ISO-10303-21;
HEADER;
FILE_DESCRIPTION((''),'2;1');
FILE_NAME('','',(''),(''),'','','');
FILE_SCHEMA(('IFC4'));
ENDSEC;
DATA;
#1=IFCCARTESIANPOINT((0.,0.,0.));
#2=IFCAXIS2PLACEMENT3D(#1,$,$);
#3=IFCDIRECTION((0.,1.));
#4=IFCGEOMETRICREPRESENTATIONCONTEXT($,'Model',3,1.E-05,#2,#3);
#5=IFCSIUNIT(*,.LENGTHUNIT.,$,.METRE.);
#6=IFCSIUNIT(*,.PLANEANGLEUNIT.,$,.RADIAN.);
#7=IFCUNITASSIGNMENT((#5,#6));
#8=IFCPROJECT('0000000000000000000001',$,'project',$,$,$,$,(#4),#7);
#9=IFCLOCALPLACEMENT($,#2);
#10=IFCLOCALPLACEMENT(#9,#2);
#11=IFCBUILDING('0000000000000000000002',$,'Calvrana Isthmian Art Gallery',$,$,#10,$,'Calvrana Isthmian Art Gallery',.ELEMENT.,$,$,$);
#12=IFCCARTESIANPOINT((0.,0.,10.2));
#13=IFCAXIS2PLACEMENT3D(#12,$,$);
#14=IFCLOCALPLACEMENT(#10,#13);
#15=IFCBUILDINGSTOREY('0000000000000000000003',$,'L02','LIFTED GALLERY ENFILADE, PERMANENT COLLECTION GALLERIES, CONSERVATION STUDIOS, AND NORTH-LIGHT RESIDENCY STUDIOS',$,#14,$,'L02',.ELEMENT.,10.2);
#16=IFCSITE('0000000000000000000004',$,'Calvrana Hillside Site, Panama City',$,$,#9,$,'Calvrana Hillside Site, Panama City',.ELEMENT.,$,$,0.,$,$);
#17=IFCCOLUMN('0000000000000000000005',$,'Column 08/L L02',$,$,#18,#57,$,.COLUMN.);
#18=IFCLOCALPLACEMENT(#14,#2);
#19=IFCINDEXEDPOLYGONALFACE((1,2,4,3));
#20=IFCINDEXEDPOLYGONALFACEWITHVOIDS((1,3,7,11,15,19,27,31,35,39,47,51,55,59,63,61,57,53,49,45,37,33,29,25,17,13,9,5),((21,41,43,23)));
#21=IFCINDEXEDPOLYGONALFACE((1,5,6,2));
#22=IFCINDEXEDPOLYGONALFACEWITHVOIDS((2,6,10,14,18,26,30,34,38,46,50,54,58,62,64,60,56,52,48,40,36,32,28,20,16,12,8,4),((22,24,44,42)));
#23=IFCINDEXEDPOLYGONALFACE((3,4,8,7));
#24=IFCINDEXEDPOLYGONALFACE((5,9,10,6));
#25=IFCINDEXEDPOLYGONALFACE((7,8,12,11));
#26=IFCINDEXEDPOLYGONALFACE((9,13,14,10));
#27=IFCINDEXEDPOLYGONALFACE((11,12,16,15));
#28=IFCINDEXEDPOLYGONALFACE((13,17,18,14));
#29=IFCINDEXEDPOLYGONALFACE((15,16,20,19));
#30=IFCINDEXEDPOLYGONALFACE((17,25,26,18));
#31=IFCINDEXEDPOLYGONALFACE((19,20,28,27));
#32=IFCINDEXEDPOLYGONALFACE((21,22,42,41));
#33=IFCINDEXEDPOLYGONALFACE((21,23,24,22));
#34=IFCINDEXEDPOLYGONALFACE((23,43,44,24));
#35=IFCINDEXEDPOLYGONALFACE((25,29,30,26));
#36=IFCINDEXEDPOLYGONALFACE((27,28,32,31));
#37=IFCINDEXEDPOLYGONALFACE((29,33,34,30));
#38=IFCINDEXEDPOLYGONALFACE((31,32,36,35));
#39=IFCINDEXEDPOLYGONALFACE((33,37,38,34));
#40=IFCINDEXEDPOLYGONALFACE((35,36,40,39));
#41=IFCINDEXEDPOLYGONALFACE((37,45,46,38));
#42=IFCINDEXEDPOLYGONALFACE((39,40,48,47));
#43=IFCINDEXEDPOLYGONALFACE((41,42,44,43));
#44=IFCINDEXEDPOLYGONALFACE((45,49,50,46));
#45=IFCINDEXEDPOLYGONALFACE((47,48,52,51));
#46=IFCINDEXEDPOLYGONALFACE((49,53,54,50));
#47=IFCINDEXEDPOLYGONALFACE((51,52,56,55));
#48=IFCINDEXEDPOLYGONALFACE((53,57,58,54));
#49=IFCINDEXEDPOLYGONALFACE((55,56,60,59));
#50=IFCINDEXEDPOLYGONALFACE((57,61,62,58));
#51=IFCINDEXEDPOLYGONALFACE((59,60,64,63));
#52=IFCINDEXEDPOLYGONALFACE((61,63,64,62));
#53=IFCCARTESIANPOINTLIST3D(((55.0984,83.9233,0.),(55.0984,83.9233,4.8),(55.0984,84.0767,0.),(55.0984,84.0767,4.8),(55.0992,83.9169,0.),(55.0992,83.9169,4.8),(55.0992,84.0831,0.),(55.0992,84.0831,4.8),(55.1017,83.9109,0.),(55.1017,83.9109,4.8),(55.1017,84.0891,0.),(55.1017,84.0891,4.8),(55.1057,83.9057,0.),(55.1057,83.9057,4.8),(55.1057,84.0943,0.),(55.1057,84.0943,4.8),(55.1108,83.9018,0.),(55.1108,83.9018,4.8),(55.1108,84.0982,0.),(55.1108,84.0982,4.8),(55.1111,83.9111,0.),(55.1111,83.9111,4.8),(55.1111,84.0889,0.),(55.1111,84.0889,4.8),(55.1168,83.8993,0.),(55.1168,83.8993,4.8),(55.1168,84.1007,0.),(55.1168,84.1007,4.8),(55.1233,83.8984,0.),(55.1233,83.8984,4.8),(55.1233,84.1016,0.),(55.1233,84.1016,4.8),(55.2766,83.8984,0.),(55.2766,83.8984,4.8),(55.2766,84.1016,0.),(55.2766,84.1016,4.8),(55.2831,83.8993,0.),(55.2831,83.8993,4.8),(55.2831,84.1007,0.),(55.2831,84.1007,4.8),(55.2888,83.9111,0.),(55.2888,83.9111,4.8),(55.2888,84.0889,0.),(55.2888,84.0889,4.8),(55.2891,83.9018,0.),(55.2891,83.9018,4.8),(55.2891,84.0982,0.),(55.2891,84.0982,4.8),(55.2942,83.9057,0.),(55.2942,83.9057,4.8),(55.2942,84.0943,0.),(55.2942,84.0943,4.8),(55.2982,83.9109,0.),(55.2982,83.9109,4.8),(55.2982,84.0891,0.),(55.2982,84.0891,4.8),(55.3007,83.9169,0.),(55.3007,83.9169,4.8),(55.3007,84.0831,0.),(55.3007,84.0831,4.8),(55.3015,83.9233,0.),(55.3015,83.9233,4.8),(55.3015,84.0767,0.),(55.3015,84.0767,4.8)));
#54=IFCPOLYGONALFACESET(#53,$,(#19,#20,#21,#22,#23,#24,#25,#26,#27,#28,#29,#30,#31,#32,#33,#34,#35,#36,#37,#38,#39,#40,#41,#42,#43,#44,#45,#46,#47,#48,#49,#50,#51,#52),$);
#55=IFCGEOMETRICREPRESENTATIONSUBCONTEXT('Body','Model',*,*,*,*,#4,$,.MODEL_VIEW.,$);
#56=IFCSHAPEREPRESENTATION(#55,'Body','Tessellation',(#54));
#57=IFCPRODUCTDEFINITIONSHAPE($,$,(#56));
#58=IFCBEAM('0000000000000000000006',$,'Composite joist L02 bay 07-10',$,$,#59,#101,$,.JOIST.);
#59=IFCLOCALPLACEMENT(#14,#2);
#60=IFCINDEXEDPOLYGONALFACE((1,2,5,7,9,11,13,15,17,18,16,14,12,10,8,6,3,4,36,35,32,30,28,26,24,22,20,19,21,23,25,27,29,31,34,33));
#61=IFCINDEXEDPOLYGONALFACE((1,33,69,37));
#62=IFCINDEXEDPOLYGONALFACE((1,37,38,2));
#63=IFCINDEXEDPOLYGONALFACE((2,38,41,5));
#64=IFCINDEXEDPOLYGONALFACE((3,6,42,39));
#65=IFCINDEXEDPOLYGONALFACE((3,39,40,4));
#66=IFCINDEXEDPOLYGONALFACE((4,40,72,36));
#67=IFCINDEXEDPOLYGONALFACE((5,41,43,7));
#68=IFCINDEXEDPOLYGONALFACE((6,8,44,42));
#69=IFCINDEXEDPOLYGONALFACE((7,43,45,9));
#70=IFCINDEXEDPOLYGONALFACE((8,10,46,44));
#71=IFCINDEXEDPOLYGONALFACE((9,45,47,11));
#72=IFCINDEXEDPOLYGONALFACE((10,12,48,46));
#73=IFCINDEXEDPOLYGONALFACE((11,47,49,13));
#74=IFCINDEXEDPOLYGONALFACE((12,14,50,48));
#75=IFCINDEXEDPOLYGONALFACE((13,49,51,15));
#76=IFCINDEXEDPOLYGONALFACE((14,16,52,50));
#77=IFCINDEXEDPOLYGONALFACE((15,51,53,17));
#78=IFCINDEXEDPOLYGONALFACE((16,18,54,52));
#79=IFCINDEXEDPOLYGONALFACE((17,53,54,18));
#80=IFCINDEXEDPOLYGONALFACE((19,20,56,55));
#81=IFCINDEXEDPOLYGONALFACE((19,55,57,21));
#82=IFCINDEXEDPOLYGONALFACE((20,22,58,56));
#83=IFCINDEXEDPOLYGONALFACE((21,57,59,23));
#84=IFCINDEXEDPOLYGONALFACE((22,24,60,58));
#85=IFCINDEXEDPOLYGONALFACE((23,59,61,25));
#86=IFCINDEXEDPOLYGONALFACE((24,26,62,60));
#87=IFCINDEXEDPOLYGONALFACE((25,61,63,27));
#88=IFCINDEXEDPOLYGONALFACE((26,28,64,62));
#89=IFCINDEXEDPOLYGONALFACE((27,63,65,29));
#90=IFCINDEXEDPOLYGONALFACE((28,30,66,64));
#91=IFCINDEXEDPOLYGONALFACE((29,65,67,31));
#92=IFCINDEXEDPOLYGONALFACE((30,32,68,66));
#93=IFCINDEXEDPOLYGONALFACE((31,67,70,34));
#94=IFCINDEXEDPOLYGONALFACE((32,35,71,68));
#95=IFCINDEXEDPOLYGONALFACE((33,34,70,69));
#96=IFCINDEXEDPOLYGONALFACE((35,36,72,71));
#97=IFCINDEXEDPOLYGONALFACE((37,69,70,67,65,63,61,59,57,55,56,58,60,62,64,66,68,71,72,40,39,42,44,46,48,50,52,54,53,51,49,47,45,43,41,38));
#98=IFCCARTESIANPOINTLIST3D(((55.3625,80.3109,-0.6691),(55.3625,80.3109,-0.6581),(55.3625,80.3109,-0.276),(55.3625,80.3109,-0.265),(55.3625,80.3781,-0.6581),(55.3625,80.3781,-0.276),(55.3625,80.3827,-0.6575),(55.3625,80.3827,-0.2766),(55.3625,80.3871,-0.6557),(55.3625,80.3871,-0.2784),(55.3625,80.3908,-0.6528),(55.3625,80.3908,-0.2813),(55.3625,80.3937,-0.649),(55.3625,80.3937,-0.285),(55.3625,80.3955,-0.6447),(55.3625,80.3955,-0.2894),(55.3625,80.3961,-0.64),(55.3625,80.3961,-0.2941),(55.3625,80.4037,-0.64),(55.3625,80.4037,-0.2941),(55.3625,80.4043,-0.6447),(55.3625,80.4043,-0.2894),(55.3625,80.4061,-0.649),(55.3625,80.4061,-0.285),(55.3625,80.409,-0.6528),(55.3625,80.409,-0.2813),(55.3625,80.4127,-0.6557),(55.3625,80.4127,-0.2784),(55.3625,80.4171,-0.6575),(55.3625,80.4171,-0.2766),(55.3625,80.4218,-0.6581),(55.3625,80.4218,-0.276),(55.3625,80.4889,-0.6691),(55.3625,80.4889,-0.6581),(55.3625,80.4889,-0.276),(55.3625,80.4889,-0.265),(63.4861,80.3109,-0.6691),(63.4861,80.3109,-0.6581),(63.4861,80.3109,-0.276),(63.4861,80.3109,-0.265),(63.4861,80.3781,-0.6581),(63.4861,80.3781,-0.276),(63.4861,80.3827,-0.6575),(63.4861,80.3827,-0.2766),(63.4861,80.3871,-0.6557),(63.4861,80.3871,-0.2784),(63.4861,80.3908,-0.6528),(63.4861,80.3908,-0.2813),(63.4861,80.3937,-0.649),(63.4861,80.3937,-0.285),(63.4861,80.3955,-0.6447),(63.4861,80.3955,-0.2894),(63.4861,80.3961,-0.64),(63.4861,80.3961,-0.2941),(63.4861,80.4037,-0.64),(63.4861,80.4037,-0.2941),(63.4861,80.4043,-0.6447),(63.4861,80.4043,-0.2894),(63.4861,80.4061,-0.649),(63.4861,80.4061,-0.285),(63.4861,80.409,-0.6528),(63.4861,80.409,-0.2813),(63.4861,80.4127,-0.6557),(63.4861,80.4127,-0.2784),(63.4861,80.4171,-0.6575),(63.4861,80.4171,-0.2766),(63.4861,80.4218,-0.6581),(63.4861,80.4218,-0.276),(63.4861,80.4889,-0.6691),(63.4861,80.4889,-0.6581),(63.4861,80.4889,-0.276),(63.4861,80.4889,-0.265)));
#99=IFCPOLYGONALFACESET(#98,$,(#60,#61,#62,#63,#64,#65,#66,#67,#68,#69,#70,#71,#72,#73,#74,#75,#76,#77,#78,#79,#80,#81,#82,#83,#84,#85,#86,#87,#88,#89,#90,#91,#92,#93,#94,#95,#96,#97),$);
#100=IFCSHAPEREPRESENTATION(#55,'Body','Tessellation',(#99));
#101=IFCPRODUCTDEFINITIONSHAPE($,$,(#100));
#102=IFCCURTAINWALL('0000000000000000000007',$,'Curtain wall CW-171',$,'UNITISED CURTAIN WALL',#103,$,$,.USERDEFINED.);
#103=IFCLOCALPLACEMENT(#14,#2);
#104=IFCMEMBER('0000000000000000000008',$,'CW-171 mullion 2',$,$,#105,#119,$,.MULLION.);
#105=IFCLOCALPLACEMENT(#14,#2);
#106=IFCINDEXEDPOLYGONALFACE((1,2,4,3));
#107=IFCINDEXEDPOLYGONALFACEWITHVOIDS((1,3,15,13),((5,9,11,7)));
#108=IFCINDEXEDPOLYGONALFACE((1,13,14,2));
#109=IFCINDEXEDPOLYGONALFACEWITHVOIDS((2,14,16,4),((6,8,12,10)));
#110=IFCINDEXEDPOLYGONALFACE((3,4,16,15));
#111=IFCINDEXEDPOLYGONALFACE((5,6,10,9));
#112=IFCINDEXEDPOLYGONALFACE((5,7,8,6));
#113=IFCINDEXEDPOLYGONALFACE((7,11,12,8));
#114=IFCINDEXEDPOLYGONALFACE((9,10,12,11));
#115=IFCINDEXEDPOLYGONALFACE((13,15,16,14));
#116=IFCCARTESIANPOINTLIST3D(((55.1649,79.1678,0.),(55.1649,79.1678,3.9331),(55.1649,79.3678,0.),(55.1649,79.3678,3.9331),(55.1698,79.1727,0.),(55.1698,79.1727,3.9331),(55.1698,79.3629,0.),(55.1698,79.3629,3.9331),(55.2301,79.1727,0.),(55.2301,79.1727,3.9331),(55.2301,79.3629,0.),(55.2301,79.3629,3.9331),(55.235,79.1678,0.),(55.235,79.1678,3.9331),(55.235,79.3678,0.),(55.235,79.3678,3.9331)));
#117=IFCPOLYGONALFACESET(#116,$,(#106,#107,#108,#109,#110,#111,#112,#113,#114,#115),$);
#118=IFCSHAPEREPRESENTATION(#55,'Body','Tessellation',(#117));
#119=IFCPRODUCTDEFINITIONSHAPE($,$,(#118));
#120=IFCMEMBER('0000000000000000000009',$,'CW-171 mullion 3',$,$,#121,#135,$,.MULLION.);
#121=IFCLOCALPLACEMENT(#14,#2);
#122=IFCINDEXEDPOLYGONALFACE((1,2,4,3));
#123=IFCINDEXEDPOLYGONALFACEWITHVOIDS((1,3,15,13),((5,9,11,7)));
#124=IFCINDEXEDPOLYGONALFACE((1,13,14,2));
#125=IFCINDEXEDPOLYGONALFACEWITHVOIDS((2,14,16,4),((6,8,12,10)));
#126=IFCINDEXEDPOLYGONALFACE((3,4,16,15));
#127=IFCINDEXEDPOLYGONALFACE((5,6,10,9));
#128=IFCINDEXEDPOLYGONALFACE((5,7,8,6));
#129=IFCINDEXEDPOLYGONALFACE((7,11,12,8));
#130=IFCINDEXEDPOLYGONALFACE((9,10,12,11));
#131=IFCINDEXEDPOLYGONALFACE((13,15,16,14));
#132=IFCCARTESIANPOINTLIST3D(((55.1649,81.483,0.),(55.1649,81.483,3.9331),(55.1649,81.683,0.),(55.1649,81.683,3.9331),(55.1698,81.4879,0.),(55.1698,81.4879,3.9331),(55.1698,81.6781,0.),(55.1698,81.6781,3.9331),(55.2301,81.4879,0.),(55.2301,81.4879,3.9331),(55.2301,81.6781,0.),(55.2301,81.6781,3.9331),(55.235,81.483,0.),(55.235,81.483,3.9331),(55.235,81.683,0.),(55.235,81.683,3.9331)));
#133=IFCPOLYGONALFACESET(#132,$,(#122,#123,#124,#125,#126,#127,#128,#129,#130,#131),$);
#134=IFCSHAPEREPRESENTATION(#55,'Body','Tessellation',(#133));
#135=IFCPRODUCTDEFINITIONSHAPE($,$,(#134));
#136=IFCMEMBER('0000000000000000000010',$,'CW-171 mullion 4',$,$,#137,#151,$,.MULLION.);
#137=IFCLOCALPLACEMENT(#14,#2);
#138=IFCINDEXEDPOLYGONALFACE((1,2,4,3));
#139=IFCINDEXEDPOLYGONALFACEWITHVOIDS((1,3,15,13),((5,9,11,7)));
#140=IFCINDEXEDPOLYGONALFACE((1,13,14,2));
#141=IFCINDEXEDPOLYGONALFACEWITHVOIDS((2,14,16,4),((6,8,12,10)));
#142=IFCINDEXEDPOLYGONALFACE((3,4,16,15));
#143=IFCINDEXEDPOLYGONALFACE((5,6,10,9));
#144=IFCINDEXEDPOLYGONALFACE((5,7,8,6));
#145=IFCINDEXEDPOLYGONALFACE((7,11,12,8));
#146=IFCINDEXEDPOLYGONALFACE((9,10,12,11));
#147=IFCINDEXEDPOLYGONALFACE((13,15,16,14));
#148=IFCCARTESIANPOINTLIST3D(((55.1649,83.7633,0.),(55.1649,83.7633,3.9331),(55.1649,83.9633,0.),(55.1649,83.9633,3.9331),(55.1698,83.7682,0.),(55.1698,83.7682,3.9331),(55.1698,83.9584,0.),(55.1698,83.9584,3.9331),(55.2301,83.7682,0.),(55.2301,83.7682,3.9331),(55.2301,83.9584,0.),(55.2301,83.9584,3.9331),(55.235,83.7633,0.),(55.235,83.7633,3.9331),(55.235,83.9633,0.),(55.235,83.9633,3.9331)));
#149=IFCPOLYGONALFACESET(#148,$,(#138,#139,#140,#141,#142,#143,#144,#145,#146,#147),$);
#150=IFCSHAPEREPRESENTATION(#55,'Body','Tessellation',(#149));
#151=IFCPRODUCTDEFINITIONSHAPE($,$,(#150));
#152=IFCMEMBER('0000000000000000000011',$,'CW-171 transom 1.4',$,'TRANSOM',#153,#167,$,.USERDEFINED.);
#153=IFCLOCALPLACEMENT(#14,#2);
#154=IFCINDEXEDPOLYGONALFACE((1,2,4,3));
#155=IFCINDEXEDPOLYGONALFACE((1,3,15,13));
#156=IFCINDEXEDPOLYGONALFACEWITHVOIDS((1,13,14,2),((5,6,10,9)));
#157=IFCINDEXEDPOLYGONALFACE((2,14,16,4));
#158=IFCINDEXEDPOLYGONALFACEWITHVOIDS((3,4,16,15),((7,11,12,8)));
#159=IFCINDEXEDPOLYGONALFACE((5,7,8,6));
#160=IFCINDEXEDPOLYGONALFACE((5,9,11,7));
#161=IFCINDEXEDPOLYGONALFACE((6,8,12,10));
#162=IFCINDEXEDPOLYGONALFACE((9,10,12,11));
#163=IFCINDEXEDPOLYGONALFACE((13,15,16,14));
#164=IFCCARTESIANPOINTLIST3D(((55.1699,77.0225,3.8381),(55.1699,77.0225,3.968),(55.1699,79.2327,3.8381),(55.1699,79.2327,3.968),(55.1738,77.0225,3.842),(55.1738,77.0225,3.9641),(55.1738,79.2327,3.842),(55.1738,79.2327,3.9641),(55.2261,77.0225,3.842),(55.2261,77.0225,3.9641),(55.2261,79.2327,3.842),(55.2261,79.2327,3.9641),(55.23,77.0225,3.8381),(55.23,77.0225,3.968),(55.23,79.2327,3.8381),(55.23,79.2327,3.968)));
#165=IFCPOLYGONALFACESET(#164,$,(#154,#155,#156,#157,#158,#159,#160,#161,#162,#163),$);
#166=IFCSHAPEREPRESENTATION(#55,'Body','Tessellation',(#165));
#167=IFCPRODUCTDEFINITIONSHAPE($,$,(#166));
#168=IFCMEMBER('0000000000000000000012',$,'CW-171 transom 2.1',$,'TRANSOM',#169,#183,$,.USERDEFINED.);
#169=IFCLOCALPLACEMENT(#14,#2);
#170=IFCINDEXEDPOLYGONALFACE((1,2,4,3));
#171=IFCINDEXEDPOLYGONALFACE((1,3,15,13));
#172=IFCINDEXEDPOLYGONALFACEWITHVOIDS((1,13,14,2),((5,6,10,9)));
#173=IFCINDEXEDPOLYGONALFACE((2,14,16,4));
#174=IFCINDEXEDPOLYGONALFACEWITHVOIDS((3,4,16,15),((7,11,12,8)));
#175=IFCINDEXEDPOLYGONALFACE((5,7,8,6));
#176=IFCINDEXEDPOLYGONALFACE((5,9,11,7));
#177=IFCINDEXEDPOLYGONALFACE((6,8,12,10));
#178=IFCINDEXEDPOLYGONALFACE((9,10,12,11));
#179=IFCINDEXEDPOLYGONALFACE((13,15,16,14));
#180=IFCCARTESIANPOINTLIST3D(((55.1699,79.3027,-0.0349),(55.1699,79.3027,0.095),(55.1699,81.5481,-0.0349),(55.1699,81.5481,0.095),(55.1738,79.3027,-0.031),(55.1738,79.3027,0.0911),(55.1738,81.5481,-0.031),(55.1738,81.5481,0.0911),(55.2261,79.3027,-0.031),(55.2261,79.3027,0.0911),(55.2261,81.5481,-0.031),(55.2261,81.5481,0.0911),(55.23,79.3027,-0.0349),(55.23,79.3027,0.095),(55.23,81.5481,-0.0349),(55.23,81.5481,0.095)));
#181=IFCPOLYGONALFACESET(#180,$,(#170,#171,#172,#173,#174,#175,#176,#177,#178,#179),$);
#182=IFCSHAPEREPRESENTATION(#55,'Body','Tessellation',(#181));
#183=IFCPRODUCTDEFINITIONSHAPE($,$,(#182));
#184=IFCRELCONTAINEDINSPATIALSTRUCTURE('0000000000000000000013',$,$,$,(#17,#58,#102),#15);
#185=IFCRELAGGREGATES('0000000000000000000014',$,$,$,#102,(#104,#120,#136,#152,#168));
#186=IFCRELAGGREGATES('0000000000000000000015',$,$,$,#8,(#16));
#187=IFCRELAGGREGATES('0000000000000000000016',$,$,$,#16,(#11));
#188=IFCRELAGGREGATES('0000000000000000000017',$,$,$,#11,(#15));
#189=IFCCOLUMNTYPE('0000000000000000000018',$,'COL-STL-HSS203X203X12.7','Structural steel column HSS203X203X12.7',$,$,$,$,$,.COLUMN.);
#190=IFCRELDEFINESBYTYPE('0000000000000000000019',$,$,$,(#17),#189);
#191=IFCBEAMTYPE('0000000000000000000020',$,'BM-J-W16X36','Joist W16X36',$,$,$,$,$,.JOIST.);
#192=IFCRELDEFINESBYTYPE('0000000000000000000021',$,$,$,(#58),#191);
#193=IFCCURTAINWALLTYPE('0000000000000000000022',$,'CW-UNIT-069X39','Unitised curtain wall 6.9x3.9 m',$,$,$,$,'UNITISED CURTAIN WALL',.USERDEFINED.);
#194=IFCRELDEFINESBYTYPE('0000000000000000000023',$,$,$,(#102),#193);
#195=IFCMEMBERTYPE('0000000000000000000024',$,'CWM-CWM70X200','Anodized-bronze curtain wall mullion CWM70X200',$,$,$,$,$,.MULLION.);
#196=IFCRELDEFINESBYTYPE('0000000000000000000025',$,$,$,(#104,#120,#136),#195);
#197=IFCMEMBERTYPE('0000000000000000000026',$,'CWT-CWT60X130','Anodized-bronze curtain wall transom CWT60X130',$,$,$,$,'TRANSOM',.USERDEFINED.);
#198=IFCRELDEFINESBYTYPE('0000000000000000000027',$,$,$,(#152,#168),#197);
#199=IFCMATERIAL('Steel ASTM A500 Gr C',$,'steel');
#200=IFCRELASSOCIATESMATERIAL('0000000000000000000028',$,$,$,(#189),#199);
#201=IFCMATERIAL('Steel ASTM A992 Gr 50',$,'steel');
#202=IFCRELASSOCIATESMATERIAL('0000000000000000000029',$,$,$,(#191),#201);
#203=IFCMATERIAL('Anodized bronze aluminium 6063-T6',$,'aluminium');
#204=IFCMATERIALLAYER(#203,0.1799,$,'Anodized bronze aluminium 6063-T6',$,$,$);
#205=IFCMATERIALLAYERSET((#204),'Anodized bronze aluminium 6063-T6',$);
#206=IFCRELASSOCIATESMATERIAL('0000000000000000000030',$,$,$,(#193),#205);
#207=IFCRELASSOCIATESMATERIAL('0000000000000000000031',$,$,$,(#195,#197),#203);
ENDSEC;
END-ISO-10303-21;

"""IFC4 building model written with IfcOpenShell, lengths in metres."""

from ifc_helpers import new_model, si_unit, direction, frame, origin, origin_2d, place, context, subcontext, project, spatial, hollow_rectangle, i_section, extrude, material, layer, layer_set, material_profile, profile_set, type_object, element, aggregate, save


model = new_model("IFC4")

# Units and contexts
model_context = context("Model", 3, precision=1e-05, world=origin(), true_north=direction((0.0, 1.0)))
body_context = subcontext(model_context, "Body", "Model", "MODEL_VIEW")
ifc_project = project(units=[si_unit("LENGTHUNIT", "METRE"), si_unit("PLANEANGLEUNIT", "RADIAN")], contexts=[model_context])

# Site, building, storey
site_placement = place(None, origin())
site = spatial("IfcSite", under=ifc_project, at=site_placement, Name="Calvrana Hillside Site, Panama City", LongName="Calvrana Hillside Site, Panama City", CompositionType="ELEMENT", RefElevation=0.0)
building_placement = place(site_placement, origin())
building = spatial("IfcBuilding", under=site, at=building_placement, Name="Calvrana Isthmian Art Gallery", LongName="Calvrana Isthmian Art Gallery", CompositionType="ELEMENT")
storey_placement = place(building_placement, frame((0.0, 0.0, 10.2)))
storey = spatial("IfcBuildingStorey", under=building, at=storey_placement, Name="L02", Description="LIFTED GALLERY ENFILADE, PERMANENT COLLECTION GALLERIES, CONSERVATION STUDIOS, AND NORTH-LIGHT RESIDENCY STUDIOS", LongName="L02", CompositionType="ELEMENT", Elevation=10.2)

# Column
ifc_material_1 = material(Name="Steel ASTM A500 Gr C", Category="steel")
ifc_material_profile_1 = material_profile(ifc_material_1, hollow_rectangle(XDim=0.2031, YDim=0.2031, WallThickness=0.0127, OuterFilletRadius=0.0249, at=origin_2d()), Name="HSS203X203X12.7")
ifc_profile_set_1 = profile_set([ifc_material_profile_1], Name="Steel ASTM A500 Gr C")
column_type = type_object("IfcColumnType", Name="COL-STL-HSS203X203X12.7", Description="Structural steel column HSS203X203X12.7", PredefinedType="COLUMN", material=ifc_profile_set_1)
column_placement = place(storey_placement, frame((55.2, 84.0, 0.0), z_axis=(0.0, 0.0, 1.0), x_axis=(1.0, 0.0, 0.0)))
element("IfcColumn", 1, at=column_placement, inside=storey, type_object=column_type, Name="Column 08/L L02", PredefinedType="COLUMN", context=body_context, shape_type="SweptSolid", body=[
    extrude(hollow_rectangle(XDim=0.2031, YDim=0.2031, WallThickness=0.0127, OuterFilletRadius=0.0249, at=origin_2d()), origin(), (0.0, 0.0, 1.0), 4.8),
])

# Beam
ifc_material_2 = material(Name="Steel ASTM A992 Gr 50", Category="steel")
ifc_material_profile_2 = material_profile(ifc_material_2, i_section(OverallWidth=0.178, OverallDepth=0.4041, WebThickness=0.0076, FlangeThickness=0.011, FilletRadius=0.0181, at=origin_2d()), Name="W16X36")
ifc_profile_set_2 = profile_set([ifc_material_profile_2], Name="Steel ASTM A992 Gr 50")
beam_type = type_object("IfcBeamType", Name="BM-J-W16X36", Description="Joist W16X36", PredefinedType="JOIST", material=ifc_profile_set_2)
beam_placement = place(storey_placement, frame((55.3625, 80.3999, -0.467), z_axis=(1.0, 0.0, 0.0), x_axis=(0.0, 1.0, 0.0)))
element("IfcBeam", 2, at=beam_placement, inside=storey, type_object=beam_type, Name="Composite joist L02 bay 07-10", PredefinedType="JOIST", context=body_context, shape_type="SweptSolid", body=[
    extrude(i_section(OverallWidth=0.178, OverallDepth=0.4041, WebThickness=0.0076, FlangeThickness=0.011, FilletRadius=0.0181, at=origin_2d()), origin(), (0.0, 0.0, 1.0), 8.1235),
])

# Curtain wall, members
ifc_material_3 = material(Name="Anodized bronze aluminium 6063-T6", Category="aluminium")
ifc_layer_1 = layer(ifc_material_3, 0.1799, Name="Anodized bronze aluminium 6063-T6")
ifc_layer_set_1 = layer_set([ifc_layer_1], Name="Anodized bronze aluminium 6063-T6")
curtain_wall_type = type_object("IfcCurtainWallType", Name="CW-UNIT-069X39", Description="Unitised curtain wall 6.9x3.9 m", ElementType="UNITISED CURTAIN WALL", PredefinedType="USERDEFINED", material=ifc_layer_set_1)
curtain_wall_placement = place(storey_placement, origin())
curtain_wall = element("IfcCurtainWall", 3, at=curtain_wall_placement, inside=storey, type_object=curtain_wall_type, Name="Curtain wall CW-171", ObjectType="UNITISED CURTAIN WALL", PredefinedType="USERDEFINED")
ifc_material_profile_3 = material_profile(ifc_material_3, hollow_rectangle(XDim=0.0701, YDim=0.2, WallThickness=0.0049, at=origin_2d()), Name="CWM70X200")
ifc_profile_set_3 = profile_set([ifc_material_profile_3], Name="Anodized bronze aluminium 6063-T6")
member_type_1 = type_object("IfcMemberType", Name="CWM-CWM70X200", Description="Anodized-bronze curtain wall mullion CWM70X200", PredefinedType="MULLION", material=ifc_profile_set_3)
member_1_placement = place(storey_placement, frame((55.2, 79.2678, 0.0), z_axis=(0.0, 0.0, 1.0), x_axis=(-1.0, 0.0, 0.0)))
member_1 = element("IfcMember", 4, at=member_1_placement, type_object=member_type_1, Name="CW-171 mullion 2", PredefinedType="MULLION", context=body_context, shape_type="SweptSolid", body=[
    extrude(hollow_rectangle(XDim=0.0701, YDim=0.2, WallThickness=0.0049, at=origin_2d()), origin(), (0.0, 0.0, 1.0), 3.9331),
])
member_2_placement = place(storey_placement, frame((55.2, 81.583, 0.0), z_axis=(0.0, 0.0, 1.0), x_axis=(-1.0, 0.0, 0.0)))
member_2 = element("IfcMember", 5, at=member_2_placement, type_object=member_type_1, Name="CW-171 mullion 3", PredefinedType="MULLION", context=body_context, shape_type="SweptSolid", body=[
    extrude(hollow_rectangle(XDim=0.0701, YDim=0.2, WallThickness=0.0049, at=origin_2d()), origin(), (0.0, 0.0, 1.0), 3.9331),
])
member_3_placement = place(storey_placement, frame((55.2, 83.8633, 0.0), z_axis=(0.0, 0.0, 1.0), x_axis=(-1.0, 0.0, 0.0)))
member_3 = element("IfcMember", 6, at=member_3_placement, type_object=member_type_1, Name="CW-171 mullion 4", PredefinedType="MULLION", context=body_context, shape_type="SweptSolid", body=[
    extrude(hollow_rectangle(XDim=0.0701, YDim=0.2, WallThickness=0.0049, at=origin_2d()), origin(), (0.0, 0.0, 1.0), 3.9331),
])
ifc_material_profile_4 = material_profile(ifc_material_3, hollow_rectangle(XDim=0.0601, YDim=0.1299, WallThickness=0.0039, at=origin_2d()), Name="CWT60X130")
ifc_profile_set_4 = profile_set([ifc_material_profile_4], Name="Anodized bronze aluminium 6063-T6")
member_type_2 = type_object("IfcMemberType", Name="CWT-CWT60X130", Description="Anodized-bronze curtain wall transom CWT60X130", ElementType="TRANSOM", PredefinedType="USERDEFINED", material=ifc_profile_set_4)
member_4_placement = place(storey_placement, frame((55.2, 77.0225, 3.9031), z_axis=(0.0, 1.0, 0.0), x_axis=(-1.0, 0.0, 0.0)))
member_4 = element("IfcMember", 7, at=member_4_placement, type_object=member_type_2, Name="CW-171 transom 1.4", ObjectType="TRANSOM", PredefinedType="USERDEFINED", context=body_context, shape_type="SweptSolid", body=[
    extrude(hollow_rectangle(XDim=0.0601, YDim=0.1299, WallThickness=0.0039, at=origin_2d()), origin(), (0.0, 0.0, 1.0), 2.2102),
])
member_5_placement = place(storey_placement, frame((55.2, 79.3027, 0.03), z_axis=(0.0, 1.0, 0.0), x_axis=(-1.0, 0.0, 0.0)))
member_5 = element("IfcMember", 8, at=member_5_placement, type_object=member_type_2, Name="CW-171 transom 2.1", ObjectType="TRANSOM", PredefinedType="USERDEFINED", context=body_context, shape_type="SweptSolid", body=[
    extrude(hollow_rectangle(XDim=0.0601, YDim=0.1299, WallThickness=0.0039, at=origin_2d()), origin(), (0.0, 0.0, 1.0), 2.2454),
])
aggregate(curtain_wall, [member_1, member_2, member_3, member_4, member_5])

save(model, "model.ifc")
